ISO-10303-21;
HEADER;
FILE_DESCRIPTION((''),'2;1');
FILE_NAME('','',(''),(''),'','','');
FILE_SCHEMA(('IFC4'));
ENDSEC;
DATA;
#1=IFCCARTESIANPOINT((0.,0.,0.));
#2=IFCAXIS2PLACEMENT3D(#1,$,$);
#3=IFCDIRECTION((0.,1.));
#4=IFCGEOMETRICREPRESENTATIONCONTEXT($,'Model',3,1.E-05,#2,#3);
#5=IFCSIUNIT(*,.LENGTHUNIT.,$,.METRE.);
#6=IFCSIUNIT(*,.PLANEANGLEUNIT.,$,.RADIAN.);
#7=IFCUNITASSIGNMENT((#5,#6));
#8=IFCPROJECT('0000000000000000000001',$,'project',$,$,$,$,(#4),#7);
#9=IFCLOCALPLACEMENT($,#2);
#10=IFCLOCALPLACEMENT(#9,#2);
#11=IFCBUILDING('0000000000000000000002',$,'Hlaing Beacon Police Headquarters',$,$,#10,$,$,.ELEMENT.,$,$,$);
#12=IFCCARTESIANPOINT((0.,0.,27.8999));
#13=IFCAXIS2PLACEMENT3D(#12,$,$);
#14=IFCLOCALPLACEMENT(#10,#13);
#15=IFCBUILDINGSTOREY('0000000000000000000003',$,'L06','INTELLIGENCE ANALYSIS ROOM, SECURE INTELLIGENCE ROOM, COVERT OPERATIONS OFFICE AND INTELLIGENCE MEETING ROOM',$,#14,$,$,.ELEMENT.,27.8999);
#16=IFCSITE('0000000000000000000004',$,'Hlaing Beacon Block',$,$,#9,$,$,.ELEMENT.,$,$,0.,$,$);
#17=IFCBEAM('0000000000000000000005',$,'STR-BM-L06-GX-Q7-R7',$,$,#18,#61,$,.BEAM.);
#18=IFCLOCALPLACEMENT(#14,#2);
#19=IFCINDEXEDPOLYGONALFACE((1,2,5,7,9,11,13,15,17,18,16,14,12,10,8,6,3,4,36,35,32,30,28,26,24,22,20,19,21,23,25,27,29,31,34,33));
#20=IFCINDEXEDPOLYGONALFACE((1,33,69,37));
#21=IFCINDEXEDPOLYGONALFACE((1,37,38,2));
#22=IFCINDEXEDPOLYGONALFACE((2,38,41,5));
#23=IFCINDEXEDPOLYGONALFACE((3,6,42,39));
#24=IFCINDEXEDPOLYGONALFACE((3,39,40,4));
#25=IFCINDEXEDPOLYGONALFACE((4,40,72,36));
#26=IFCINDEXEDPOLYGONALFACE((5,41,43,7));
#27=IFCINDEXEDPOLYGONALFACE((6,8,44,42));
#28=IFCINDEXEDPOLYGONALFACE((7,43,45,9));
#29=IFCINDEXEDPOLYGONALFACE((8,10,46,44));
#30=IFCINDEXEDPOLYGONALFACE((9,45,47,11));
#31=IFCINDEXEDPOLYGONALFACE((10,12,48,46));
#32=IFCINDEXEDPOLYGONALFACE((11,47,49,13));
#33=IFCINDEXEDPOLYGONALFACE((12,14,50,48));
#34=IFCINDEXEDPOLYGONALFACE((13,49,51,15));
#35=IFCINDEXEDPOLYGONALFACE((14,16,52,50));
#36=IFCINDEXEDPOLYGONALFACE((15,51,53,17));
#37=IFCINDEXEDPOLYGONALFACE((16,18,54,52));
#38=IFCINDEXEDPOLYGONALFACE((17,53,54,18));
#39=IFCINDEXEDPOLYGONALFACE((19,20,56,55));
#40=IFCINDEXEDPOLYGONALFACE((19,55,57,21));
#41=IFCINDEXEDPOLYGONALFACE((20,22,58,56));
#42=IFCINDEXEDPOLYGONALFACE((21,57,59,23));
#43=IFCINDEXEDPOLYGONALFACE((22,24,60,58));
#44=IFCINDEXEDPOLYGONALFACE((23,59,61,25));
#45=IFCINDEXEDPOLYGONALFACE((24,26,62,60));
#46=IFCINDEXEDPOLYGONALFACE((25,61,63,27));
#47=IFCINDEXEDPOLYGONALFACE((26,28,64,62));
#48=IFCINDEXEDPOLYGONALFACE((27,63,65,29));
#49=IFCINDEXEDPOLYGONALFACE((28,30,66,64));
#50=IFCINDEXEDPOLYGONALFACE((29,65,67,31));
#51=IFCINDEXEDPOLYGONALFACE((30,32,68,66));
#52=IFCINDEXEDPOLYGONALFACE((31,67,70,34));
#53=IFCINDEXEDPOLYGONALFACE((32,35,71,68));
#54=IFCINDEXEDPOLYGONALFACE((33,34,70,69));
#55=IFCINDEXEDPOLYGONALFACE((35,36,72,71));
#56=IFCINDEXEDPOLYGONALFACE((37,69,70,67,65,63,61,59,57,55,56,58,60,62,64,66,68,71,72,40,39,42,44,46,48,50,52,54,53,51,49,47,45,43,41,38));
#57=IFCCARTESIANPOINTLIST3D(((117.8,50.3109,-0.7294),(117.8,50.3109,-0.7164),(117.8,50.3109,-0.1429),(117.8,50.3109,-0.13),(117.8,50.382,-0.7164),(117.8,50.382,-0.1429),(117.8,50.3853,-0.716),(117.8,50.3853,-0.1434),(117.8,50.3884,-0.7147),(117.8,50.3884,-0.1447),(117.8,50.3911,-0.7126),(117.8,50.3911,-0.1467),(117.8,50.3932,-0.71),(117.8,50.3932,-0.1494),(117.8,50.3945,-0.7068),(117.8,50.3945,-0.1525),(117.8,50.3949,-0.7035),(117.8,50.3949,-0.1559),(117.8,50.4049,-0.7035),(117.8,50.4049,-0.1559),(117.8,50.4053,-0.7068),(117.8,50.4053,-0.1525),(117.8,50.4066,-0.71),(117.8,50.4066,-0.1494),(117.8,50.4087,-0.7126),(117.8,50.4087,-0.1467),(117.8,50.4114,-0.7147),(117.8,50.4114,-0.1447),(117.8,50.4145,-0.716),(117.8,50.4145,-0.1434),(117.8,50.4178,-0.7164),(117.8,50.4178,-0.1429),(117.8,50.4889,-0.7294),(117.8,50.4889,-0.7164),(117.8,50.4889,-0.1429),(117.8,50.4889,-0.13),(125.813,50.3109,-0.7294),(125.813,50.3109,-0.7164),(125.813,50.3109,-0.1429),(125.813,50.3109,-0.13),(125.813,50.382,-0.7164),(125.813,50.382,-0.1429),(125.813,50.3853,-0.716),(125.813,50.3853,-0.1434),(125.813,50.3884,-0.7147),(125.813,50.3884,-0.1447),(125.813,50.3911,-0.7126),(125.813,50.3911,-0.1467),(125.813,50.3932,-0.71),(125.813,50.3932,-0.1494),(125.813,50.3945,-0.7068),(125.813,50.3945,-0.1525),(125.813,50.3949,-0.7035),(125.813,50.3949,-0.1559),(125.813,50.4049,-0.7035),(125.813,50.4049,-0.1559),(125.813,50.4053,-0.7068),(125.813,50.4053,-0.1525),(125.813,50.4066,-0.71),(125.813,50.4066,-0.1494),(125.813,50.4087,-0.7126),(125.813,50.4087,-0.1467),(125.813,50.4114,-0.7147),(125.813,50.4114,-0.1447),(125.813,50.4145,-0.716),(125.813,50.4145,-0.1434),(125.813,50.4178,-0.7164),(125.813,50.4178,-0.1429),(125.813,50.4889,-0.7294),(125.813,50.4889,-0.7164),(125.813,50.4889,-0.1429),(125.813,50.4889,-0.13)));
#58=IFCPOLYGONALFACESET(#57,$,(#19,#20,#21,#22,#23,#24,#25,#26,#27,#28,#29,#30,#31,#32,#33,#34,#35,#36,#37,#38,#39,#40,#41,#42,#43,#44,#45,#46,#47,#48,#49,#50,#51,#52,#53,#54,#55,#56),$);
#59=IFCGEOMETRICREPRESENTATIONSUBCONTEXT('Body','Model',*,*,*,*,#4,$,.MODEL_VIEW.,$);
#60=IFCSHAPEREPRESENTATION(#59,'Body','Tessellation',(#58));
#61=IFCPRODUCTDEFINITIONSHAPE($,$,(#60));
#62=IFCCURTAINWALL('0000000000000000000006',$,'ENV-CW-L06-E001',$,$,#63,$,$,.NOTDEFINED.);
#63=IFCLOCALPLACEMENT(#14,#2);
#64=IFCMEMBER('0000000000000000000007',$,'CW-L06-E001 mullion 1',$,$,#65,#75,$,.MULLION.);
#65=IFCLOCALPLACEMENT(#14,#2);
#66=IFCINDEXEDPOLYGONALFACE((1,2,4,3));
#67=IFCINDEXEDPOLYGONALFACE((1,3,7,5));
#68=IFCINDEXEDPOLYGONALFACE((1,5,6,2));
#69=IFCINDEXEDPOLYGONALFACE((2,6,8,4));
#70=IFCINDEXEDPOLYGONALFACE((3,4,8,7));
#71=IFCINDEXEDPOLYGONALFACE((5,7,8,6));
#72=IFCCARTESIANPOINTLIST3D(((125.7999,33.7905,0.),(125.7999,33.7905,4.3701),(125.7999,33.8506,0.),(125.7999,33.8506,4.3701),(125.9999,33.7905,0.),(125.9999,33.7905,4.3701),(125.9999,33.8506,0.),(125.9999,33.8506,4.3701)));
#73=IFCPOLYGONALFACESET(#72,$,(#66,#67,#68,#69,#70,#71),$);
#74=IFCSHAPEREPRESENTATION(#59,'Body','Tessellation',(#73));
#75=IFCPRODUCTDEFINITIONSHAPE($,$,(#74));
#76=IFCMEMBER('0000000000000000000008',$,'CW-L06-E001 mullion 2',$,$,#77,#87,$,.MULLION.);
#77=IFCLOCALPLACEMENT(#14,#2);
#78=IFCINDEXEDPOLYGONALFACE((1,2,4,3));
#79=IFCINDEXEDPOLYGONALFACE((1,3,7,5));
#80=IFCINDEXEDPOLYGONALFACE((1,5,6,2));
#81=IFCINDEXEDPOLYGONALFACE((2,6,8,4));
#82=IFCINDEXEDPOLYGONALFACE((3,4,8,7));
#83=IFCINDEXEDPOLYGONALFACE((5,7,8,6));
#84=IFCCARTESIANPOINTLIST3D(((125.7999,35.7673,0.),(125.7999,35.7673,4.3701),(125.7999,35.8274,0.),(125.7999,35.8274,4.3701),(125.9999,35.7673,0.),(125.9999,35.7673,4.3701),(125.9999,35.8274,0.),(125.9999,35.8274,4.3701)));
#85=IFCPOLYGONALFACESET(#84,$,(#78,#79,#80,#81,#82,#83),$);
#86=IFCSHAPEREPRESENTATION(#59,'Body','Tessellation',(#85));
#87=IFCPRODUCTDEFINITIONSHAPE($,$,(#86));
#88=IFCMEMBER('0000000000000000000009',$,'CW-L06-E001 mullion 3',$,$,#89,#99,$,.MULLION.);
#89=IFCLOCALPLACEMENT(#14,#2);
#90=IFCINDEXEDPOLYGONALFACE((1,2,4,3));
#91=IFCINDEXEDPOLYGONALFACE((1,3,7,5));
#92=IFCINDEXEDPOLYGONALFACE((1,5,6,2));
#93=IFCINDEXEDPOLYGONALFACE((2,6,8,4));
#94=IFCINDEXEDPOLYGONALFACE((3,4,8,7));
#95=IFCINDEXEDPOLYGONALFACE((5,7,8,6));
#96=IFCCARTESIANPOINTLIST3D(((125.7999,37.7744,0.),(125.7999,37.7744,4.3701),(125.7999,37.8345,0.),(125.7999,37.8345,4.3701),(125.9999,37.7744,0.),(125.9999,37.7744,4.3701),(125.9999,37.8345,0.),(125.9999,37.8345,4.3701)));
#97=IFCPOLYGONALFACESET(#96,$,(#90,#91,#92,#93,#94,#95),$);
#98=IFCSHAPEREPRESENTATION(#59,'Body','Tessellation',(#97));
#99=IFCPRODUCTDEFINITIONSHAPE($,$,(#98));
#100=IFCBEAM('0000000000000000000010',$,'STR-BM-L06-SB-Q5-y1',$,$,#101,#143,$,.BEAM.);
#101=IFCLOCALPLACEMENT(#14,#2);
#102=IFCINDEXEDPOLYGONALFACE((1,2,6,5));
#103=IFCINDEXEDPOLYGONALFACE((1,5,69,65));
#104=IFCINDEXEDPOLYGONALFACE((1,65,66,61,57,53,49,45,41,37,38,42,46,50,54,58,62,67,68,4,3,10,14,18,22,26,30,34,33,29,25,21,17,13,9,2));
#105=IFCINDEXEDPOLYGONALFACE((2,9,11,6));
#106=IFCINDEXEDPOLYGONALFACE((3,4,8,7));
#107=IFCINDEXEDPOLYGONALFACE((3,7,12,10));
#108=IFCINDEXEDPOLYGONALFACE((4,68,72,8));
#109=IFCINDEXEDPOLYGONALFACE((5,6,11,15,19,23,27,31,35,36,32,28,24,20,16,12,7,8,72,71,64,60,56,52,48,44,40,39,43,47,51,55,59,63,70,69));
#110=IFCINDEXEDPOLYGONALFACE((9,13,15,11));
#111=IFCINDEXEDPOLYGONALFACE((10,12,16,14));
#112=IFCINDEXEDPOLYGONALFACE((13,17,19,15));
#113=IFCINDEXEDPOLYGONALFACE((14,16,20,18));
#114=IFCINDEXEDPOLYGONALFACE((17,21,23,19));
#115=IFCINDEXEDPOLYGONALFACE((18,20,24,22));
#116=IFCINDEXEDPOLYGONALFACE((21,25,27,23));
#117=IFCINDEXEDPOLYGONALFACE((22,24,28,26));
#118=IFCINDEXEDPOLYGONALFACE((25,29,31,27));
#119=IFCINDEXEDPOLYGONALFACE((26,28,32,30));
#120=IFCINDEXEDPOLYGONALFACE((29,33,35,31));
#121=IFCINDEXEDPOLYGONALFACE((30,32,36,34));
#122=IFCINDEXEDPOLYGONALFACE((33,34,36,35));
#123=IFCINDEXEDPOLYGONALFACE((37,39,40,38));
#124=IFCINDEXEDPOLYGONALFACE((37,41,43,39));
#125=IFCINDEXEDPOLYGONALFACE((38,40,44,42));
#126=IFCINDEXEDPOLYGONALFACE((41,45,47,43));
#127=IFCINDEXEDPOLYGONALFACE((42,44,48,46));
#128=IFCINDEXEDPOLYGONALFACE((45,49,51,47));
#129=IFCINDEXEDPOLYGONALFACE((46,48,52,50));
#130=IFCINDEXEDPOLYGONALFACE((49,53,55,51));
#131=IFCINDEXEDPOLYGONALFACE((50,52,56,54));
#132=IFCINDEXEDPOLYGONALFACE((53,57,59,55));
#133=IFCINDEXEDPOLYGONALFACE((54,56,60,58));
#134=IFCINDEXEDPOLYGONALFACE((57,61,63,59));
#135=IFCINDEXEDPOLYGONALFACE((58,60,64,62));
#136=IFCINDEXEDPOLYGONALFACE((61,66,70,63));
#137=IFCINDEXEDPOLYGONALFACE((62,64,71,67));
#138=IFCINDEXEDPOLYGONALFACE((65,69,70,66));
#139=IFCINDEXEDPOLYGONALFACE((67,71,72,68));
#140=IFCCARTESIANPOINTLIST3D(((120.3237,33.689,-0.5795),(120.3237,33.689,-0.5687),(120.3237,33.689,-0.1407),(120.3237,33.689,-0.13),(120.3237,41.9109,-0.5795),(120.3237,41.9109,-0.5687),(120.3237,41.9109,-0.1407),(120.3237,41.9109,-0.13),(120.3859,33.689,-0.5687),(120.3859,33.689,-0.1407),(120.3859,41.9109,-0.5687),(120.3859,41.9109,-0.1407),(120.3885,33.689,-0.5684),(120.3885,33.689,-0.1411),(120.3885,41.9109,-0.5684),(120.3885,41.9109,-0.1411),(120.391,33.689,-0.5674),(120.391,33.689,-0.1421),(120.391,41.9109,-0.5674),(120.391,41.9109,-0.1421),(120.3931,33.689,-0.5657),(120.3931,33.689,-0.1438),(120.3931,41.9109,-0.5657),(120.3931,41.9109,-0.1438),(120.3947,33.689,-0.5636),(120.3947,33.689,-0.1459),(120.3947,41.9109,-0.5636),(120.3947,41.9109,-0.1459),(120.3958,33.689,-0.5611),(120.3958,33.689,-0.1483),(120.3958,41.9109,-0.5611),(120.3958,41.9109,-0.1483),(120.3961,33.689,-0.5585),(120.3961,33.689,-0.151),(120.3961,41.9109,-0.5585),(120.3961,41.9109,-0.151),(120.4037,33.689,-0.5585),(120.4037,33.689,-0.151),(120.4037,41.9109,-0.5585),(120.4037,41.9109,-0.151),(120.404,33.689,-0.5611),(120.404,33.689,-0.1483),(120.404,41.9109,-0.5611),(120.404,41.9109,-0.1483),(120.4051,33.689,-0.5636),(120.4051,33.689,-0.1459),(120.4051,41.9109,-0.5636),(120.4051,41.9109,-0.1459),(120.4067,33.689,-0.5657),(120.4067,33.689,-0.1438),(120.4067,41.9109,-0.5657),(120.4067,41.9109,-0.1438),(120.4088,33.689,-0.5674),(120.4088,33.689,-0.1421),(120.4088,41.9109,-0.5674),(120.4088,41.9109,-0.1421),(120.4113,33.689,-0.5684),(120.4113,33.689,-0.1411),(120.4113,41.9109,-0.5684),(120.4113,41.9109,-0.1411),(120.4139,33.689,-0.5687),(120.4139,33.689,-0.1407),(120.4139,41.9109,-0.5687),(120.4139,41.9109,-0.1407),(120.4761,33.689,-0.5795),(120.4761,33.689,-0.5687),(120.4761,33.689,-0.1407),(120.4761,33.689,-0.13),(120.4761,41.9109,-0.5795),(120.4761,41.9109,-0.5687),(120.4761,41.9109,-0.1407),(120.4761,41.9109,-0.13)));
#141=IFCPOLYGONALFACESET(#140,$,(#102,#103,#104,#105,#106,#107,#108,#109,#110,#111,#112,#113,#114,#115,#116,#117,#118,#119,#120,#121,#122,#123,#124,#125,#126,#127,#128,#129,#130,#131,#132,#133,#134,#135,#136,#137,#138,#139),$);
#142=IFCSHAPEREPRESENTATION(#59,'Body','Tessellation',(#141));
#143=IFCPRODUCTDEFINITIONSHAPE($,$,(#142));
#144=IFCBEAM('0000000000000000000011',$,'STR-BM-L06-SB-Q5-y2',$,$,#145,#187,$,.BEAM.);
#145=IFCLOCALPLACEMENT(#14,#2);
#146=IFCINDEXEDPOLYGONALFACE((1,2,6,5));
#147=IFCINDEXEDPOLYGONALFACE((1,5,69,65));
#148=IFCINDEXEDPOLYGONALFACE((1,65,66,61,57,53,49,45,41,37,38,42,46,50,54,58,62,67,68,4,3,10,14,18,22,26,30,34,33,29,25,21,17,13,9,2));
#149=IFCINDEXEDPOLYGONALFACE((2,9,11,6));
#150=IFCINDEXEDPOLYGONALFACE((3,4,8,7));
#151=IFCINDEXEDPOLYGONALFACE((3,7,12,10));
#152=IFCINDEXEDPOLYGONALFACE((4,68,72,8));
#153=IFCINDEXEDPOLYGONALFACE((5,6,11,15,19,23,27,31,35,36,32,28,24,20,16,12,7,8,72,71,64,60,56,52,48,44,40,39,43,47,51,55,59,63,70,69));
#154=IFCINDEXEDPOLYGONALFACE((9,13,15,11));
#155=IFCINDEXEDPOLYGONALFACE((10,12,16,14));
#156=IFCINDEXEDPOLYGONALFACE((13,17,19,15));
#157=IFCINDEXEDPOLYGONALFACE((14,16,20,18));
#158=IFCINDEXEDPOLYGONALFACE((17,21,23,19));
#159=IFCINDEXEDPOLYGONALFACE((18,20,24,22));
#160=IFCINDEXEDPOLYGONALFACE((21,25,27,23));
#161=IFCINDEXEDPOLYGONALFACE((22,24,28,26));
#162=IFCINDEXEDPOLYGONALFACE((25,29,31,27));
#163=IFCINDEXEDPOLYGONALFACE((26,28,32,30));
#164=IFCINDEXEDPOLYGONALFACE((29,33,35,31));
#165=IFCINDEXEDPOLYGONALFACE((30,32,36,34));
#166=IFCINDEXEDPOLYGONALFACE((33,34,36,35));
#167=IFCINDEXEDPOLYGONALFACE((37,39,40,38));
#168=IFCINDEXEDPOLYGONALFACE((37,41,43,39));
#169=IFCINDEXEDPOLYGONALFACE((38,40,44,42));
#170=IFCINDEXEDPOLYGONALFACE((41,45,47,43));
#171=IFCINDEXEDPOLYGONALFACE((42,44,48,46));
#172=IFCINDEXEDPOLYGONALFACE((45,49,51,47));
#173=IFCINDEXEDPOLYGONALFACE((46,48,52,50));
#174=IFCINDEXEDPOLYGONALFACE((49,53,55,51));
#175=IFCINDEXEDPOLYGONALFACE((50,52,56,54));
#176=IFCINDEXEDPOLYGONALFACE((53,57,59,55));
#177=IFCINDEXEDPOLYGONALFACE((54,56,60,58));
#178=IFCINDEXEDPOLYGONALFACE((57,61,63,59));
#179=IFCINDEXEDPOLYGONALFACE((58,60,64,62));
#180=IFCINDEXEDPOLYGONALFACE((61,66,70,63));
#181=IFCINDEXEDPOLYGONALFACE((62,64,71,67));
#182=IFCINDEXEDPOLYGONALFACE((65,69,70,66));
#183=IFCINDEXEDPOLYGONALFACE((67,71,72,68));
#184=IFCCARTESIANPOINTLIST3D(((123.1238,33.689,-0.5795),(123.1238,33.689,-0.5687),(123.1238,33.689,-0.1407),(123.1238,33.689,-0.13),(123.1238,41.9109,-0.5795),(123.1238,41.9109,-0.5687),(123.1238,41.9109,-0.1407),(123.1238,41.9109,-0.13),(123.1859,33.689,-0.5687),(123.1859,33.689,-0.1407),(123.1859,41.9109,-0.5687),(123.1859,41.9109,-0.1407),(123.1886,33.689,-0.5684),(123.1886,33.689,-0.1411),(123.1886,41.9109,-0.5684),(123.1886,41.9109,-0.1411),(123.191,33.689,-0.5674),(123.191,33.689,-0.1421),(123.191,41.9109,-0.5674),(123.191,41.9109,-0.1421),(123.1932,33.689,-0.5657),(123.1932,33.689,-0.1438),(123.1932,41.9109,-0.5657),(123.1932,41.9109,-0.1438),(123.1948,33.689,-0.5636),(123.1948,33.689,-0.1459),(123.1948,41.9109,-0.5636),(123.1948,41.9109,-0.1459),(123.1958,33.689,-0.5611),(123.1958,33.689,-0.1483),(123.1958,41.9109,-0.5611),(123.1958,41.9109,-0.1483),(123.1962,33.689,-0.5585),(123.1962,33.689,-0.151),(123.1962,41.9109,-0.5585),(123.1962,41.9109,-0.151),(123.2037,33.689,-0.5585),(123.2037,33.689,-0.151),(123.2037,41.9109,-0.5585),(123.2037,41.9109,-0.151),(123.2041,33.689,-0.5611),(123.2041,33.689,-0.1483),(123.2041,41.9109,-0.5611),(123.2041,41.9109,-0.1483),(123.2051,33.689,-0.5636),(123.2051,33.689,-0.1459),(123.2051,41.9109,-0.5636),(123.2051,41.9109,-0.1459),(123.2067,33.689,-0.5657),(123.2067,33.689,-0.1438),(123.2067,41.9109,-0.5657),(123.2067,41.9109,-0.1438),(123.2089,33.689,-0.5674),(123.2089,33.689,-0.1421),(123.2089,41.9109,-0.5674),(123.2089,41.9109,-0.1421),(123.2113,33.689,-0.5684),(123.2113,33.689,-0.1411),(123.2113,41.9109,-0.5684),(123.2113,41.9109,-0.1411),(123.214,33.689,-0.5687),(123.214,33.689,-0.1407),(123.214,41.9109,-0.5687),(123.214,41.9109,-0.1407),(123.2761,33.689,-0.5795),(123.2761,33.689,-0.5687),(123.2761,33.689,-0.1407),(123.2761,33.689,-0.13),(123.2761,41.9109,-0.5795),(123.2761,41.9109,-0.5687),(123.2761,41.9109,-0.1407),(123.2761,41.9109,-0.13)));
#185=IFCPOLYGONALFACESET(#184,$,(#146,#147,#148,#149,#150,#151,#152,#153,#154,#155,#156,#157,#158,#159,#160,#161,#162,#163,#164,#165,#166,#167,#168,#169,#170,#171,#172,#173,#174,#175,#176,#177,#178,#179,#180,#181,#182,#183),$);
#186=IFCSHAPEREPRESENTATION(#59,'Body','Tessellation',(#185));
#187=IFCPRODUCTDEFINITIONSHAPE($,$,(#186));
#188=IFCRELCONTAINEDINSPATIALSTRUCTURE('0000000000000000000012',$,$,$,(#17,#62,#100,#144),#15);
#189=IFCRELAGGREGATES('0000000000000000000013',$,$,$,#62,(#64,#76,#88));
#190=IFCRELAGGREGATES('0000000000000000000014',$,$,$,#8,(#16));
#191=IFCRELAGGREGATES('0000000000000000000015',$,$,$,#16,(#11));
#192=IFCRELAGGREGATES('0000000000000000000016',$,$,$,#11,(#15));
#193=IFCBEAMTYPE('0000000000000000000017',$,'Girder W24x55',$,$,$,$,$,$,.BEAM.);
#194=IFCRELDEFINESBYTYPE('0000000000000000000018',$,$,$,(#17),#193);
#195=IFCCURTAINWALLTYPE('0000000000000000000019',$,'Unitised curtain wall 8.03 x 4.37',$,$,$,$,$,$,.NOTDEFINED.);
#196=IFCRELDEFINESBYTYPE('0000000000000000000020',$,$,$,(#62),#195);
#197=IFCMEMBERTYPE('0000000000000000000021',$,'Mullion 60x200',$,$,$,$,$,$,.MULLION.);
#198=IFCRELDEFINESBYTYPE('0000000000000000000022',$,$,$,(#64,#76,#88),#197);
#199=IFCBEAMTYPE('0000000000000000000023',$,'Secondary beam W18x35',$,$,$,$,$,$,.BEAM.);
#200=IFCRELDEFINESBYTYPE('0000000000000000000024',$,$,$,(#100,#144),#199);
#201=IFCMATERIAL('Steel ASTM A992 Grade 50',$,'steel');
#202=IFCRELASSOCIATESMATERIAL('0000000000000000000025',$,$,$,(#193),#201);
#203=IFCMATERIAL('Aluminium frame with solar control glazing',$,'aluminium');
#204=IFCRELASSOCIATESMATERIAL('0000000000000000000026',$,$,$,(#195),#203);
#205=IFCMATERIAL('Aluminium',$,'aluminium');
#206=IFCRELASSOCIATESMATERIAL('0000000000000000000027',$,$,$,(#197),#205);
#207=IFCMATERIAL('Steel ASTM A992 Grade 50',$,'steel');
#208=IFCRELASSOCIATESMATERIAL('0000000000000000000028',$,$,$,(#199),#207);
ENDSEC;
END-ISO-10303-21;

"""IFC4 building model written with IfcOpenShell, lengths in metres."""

from ifc_helpers import new_model, si_unit, direction, frame, origin, origin_2d, place, context, subcontext, project, spatial, rectangle, i_section, extrude, material, material_profile, profile_set, type_object, element, aggregate, save


model = new_model("IFC4")

# Units and contexts
model_context = context("Model", 3, precision=1e-05, world=origin(), true_north=direction((0.0, 1.0)))
body_context = subcontext(model_context, "Body", "Model", "MODEL_VIEW")
ifc_project = project(units=[si_unit("LENGTHUNIT", "METRE"), si_unit("PLANEANGLEUNIT", "RADIAN")], contexts=[model_context])

# Site, building, storey
site_placement = place(None, origin())
site = spatial("IfcSite", under=ifc_project, at=site_placement, Name="Hlaing Beacon Block", CompositionType="ELEMENT", RefElevation=0.0)
building_placement = place(site_placement, origin())
building = spatial("IfcBuilding", under=site, at=building_placement, Name="Hlaing Beacon Police Headquarters", CompositionType="ELEMENT")
storey_placement = place(building_placement, frame((0.0, 0.0, 27.8999)))
storey = spatial("IfcBuildingStorey", under=building, at=storey_placement, Name="L06", Description="INTELLIGENCE ANALYSIS ROOM, SECURE INTELLIGENCE ROOM, COVERT OPERATIONS OFFICE AND INTELLIGENCE MEETING ROOM", CompositionType="ELEMENT", Elevation=27.8999)

# Beam
ifc_material_1 = material(Name="Steel ASTM A992 Grade 50", Category="steel")
ifc_material_profile_1 = material_profile(ifc_material_1, i_section(OverallWidth=0.178, OverallDepth=0.5994, WebThickness=0.01, FlangeThickness=0.0129, FilletRadius=0.0129, at=origin_2d()), Name="W24x55")
ifc_profile_set_1 = profile_set([ifc_material_profile_1], Name="Steel ASTM A992 Grade 50")
beam_type_1 = type_object("IfcBeamType", Name="Girder W24x55", PredefinedType="BEAM", material=ifc_profile_set_1)
beam_placement = place(storey_placement, frame((117.8, 50.3999, -0.4297), z_axis=(1.0, 0.0, 0.0), x_axis=(0.0, 1.0, 0.0)))
element("IfcBeam", 1, at=beam_placement, inside=storey, type_object=beam_type_1, Name="STR-BM-L06-GX-Q7-R7", PredefinedType="BEAM", context=body_context, shape_type="SweptSolid", body=[
    extrude(i_section(OverallWidth=0.178, OverallDepth=0.5994, WebThickness=0.01, FlangeThickness=0.0129, FilletRadius=0.0129, at=origin_2d()), origin(), (0.0, 0.0, 1.0), 8.0129),
])

# Curtain wall, members
ifc_material_2 = material(Name="Aluminium frame with solar control glazing", Category="aluminium")
curtain_wall_type = type_object("IfcCurtainWallType", Name="Unitised curtain wall 8.03 x 4.37", PredefinedType="NOTDEFINED", material=ifc_material_2)
curtain_wall_placement = place(storey_placement, origin())
curtain_wall = element("IfcCurtainWall", 2, at=curtain_wall_placement, inside=storey, type_object=curtain_wall_type, Name="ENV-CW-L06-E001", PredefinedType="NOTDEFINED")
ifc_material_3 = material(Name="Aluminium", Category="aluminium")
ifc_material_profile_2 = material_profile(ifc_material_3, rectangle(XDim=0.2, YDim=0.0601, at=origin_2d()), Name="Mullion 60x200")
ifc_profile_set_2 = profile_set([ifc_material_profile_2], Name="Aluminium")
member_type_1 = type_object("IfcMemberType", Name="Mullion 60x200", PredefinedType="MULLION", material=ifc_profile_set_2)
member_1_placement = place(storey_placement, frame((125.8999, 33.8206, 0.0), z_axis=(0.0, 0.0, 1.0), x_axis=(-1.0, 0.0, 0.0)))
member_1 = element("IfcMember", 3, at=member_1_placement, type_object=member_type_1, Name="CW-L06-E001 mullion 1", PredefinedType="MULLION", context=body_context, shape_type="SweptSolid", body=[
    extrude(rectangle(XDim=0.2, YDim=0.0601, at=origin_2d()), origin(), (0.0, 0.0, 1.0), 4.3701),
])
member_2_placement = place(storey_placement, frame((125.8999, 35.7974, 0.0), z_axis=(0.0, 0.0, 1.0), x_axis=(-1.0, 0.0, 0.0)))
member_2 = element("IfcMember", 4, at=member_2_placement, type_object=member_type_1, Name="CW-L06-E001 mullion 2", PredefinedType="MULLION", context=body_context, shape_type="SweptSolid", body=[
    extrude(rectangle(XDim=0.2, YDim=0.0601, at=origin_2d()), origin(), (0.0, 0.0, 1.0), 4.3701),
])
member_3_placement = place(storey_placement, frame((125.8999, 37.8044, 0.0), z_axis=(0.0, 0.0, 1.0), x_axis=(-1.0, 0.0, 0.0)))
member_3 = element("IfcMember", 5, at=member_3_placement, type_object=member_type_1, Name="CW-L06-E001 mullion 3", PredefinedType="MULLION", context=body_context, shape_type="SweptSolid", body=[
    extrude(rectangle(XDim=0.2, YDim=0.0601, at=origin_2d()), origin(), (0.0, 0.0, 1.0), 4.3701),
])

# Beams
ifc_material_4 = material(Name="Steel ASTM A992 Grade 50", Category="steel")
ifc_material_profile_3 = material_profile(ifc_material_4, i_section(OverallWidth=0.1523, OverallDepth=0.4495, WebThickness=0.0076, FlangeThickness=0.0107, FilletRadius=0.0103, at=origin_2d()), Name="W18x35")
ifc_profile_set_3 = profile_set([ifc_material_profile_3], Name="Steel ASTM A992 Grade 50")
beam_type_2 = type_object("IfcBeamType", Name="Secondary beam W18x35", PredefinedType="BEAM", material=ifc_profile_set_3)
for number, where, z_axis, x_axis, name in (
    (6, (120.3999, 33.689, -0.3547), (0.0, 1.0, 0.0), (-1.0, 0.0, 0.0), "STR-BM-L06-SB-Q5-y1"),
    (7, (123.2, 33.689, -0.3547), (0.0, 1.0, 0.0), (-1.0, 0.0, 0.0), "STR-BM-L06-SB-Q5-y2"),
):
    element("IfcBeam", number, at=place(storey_placement, frame(where, z_axis=z_axis, x_axis=x_axis)), inside=storey, type_object=beam_type_2, Name=name, PredefinedType="BEAM", context=body_context, shape_type="SweptSolid", body=[
        extrude(i_section(OverallWidth=0.1523, OverallDepth=0.4495, WebThickness=0.0076, FlangeThickness=0.0107, FilletRadius=0.0103, at=origin_2d()), origin(), (0.0, 0.0, 1.0), 8.2219),
    ])

aggregate(curtain_wall, [member_1, member_2, member_3])

save(model, "model.ifc")
